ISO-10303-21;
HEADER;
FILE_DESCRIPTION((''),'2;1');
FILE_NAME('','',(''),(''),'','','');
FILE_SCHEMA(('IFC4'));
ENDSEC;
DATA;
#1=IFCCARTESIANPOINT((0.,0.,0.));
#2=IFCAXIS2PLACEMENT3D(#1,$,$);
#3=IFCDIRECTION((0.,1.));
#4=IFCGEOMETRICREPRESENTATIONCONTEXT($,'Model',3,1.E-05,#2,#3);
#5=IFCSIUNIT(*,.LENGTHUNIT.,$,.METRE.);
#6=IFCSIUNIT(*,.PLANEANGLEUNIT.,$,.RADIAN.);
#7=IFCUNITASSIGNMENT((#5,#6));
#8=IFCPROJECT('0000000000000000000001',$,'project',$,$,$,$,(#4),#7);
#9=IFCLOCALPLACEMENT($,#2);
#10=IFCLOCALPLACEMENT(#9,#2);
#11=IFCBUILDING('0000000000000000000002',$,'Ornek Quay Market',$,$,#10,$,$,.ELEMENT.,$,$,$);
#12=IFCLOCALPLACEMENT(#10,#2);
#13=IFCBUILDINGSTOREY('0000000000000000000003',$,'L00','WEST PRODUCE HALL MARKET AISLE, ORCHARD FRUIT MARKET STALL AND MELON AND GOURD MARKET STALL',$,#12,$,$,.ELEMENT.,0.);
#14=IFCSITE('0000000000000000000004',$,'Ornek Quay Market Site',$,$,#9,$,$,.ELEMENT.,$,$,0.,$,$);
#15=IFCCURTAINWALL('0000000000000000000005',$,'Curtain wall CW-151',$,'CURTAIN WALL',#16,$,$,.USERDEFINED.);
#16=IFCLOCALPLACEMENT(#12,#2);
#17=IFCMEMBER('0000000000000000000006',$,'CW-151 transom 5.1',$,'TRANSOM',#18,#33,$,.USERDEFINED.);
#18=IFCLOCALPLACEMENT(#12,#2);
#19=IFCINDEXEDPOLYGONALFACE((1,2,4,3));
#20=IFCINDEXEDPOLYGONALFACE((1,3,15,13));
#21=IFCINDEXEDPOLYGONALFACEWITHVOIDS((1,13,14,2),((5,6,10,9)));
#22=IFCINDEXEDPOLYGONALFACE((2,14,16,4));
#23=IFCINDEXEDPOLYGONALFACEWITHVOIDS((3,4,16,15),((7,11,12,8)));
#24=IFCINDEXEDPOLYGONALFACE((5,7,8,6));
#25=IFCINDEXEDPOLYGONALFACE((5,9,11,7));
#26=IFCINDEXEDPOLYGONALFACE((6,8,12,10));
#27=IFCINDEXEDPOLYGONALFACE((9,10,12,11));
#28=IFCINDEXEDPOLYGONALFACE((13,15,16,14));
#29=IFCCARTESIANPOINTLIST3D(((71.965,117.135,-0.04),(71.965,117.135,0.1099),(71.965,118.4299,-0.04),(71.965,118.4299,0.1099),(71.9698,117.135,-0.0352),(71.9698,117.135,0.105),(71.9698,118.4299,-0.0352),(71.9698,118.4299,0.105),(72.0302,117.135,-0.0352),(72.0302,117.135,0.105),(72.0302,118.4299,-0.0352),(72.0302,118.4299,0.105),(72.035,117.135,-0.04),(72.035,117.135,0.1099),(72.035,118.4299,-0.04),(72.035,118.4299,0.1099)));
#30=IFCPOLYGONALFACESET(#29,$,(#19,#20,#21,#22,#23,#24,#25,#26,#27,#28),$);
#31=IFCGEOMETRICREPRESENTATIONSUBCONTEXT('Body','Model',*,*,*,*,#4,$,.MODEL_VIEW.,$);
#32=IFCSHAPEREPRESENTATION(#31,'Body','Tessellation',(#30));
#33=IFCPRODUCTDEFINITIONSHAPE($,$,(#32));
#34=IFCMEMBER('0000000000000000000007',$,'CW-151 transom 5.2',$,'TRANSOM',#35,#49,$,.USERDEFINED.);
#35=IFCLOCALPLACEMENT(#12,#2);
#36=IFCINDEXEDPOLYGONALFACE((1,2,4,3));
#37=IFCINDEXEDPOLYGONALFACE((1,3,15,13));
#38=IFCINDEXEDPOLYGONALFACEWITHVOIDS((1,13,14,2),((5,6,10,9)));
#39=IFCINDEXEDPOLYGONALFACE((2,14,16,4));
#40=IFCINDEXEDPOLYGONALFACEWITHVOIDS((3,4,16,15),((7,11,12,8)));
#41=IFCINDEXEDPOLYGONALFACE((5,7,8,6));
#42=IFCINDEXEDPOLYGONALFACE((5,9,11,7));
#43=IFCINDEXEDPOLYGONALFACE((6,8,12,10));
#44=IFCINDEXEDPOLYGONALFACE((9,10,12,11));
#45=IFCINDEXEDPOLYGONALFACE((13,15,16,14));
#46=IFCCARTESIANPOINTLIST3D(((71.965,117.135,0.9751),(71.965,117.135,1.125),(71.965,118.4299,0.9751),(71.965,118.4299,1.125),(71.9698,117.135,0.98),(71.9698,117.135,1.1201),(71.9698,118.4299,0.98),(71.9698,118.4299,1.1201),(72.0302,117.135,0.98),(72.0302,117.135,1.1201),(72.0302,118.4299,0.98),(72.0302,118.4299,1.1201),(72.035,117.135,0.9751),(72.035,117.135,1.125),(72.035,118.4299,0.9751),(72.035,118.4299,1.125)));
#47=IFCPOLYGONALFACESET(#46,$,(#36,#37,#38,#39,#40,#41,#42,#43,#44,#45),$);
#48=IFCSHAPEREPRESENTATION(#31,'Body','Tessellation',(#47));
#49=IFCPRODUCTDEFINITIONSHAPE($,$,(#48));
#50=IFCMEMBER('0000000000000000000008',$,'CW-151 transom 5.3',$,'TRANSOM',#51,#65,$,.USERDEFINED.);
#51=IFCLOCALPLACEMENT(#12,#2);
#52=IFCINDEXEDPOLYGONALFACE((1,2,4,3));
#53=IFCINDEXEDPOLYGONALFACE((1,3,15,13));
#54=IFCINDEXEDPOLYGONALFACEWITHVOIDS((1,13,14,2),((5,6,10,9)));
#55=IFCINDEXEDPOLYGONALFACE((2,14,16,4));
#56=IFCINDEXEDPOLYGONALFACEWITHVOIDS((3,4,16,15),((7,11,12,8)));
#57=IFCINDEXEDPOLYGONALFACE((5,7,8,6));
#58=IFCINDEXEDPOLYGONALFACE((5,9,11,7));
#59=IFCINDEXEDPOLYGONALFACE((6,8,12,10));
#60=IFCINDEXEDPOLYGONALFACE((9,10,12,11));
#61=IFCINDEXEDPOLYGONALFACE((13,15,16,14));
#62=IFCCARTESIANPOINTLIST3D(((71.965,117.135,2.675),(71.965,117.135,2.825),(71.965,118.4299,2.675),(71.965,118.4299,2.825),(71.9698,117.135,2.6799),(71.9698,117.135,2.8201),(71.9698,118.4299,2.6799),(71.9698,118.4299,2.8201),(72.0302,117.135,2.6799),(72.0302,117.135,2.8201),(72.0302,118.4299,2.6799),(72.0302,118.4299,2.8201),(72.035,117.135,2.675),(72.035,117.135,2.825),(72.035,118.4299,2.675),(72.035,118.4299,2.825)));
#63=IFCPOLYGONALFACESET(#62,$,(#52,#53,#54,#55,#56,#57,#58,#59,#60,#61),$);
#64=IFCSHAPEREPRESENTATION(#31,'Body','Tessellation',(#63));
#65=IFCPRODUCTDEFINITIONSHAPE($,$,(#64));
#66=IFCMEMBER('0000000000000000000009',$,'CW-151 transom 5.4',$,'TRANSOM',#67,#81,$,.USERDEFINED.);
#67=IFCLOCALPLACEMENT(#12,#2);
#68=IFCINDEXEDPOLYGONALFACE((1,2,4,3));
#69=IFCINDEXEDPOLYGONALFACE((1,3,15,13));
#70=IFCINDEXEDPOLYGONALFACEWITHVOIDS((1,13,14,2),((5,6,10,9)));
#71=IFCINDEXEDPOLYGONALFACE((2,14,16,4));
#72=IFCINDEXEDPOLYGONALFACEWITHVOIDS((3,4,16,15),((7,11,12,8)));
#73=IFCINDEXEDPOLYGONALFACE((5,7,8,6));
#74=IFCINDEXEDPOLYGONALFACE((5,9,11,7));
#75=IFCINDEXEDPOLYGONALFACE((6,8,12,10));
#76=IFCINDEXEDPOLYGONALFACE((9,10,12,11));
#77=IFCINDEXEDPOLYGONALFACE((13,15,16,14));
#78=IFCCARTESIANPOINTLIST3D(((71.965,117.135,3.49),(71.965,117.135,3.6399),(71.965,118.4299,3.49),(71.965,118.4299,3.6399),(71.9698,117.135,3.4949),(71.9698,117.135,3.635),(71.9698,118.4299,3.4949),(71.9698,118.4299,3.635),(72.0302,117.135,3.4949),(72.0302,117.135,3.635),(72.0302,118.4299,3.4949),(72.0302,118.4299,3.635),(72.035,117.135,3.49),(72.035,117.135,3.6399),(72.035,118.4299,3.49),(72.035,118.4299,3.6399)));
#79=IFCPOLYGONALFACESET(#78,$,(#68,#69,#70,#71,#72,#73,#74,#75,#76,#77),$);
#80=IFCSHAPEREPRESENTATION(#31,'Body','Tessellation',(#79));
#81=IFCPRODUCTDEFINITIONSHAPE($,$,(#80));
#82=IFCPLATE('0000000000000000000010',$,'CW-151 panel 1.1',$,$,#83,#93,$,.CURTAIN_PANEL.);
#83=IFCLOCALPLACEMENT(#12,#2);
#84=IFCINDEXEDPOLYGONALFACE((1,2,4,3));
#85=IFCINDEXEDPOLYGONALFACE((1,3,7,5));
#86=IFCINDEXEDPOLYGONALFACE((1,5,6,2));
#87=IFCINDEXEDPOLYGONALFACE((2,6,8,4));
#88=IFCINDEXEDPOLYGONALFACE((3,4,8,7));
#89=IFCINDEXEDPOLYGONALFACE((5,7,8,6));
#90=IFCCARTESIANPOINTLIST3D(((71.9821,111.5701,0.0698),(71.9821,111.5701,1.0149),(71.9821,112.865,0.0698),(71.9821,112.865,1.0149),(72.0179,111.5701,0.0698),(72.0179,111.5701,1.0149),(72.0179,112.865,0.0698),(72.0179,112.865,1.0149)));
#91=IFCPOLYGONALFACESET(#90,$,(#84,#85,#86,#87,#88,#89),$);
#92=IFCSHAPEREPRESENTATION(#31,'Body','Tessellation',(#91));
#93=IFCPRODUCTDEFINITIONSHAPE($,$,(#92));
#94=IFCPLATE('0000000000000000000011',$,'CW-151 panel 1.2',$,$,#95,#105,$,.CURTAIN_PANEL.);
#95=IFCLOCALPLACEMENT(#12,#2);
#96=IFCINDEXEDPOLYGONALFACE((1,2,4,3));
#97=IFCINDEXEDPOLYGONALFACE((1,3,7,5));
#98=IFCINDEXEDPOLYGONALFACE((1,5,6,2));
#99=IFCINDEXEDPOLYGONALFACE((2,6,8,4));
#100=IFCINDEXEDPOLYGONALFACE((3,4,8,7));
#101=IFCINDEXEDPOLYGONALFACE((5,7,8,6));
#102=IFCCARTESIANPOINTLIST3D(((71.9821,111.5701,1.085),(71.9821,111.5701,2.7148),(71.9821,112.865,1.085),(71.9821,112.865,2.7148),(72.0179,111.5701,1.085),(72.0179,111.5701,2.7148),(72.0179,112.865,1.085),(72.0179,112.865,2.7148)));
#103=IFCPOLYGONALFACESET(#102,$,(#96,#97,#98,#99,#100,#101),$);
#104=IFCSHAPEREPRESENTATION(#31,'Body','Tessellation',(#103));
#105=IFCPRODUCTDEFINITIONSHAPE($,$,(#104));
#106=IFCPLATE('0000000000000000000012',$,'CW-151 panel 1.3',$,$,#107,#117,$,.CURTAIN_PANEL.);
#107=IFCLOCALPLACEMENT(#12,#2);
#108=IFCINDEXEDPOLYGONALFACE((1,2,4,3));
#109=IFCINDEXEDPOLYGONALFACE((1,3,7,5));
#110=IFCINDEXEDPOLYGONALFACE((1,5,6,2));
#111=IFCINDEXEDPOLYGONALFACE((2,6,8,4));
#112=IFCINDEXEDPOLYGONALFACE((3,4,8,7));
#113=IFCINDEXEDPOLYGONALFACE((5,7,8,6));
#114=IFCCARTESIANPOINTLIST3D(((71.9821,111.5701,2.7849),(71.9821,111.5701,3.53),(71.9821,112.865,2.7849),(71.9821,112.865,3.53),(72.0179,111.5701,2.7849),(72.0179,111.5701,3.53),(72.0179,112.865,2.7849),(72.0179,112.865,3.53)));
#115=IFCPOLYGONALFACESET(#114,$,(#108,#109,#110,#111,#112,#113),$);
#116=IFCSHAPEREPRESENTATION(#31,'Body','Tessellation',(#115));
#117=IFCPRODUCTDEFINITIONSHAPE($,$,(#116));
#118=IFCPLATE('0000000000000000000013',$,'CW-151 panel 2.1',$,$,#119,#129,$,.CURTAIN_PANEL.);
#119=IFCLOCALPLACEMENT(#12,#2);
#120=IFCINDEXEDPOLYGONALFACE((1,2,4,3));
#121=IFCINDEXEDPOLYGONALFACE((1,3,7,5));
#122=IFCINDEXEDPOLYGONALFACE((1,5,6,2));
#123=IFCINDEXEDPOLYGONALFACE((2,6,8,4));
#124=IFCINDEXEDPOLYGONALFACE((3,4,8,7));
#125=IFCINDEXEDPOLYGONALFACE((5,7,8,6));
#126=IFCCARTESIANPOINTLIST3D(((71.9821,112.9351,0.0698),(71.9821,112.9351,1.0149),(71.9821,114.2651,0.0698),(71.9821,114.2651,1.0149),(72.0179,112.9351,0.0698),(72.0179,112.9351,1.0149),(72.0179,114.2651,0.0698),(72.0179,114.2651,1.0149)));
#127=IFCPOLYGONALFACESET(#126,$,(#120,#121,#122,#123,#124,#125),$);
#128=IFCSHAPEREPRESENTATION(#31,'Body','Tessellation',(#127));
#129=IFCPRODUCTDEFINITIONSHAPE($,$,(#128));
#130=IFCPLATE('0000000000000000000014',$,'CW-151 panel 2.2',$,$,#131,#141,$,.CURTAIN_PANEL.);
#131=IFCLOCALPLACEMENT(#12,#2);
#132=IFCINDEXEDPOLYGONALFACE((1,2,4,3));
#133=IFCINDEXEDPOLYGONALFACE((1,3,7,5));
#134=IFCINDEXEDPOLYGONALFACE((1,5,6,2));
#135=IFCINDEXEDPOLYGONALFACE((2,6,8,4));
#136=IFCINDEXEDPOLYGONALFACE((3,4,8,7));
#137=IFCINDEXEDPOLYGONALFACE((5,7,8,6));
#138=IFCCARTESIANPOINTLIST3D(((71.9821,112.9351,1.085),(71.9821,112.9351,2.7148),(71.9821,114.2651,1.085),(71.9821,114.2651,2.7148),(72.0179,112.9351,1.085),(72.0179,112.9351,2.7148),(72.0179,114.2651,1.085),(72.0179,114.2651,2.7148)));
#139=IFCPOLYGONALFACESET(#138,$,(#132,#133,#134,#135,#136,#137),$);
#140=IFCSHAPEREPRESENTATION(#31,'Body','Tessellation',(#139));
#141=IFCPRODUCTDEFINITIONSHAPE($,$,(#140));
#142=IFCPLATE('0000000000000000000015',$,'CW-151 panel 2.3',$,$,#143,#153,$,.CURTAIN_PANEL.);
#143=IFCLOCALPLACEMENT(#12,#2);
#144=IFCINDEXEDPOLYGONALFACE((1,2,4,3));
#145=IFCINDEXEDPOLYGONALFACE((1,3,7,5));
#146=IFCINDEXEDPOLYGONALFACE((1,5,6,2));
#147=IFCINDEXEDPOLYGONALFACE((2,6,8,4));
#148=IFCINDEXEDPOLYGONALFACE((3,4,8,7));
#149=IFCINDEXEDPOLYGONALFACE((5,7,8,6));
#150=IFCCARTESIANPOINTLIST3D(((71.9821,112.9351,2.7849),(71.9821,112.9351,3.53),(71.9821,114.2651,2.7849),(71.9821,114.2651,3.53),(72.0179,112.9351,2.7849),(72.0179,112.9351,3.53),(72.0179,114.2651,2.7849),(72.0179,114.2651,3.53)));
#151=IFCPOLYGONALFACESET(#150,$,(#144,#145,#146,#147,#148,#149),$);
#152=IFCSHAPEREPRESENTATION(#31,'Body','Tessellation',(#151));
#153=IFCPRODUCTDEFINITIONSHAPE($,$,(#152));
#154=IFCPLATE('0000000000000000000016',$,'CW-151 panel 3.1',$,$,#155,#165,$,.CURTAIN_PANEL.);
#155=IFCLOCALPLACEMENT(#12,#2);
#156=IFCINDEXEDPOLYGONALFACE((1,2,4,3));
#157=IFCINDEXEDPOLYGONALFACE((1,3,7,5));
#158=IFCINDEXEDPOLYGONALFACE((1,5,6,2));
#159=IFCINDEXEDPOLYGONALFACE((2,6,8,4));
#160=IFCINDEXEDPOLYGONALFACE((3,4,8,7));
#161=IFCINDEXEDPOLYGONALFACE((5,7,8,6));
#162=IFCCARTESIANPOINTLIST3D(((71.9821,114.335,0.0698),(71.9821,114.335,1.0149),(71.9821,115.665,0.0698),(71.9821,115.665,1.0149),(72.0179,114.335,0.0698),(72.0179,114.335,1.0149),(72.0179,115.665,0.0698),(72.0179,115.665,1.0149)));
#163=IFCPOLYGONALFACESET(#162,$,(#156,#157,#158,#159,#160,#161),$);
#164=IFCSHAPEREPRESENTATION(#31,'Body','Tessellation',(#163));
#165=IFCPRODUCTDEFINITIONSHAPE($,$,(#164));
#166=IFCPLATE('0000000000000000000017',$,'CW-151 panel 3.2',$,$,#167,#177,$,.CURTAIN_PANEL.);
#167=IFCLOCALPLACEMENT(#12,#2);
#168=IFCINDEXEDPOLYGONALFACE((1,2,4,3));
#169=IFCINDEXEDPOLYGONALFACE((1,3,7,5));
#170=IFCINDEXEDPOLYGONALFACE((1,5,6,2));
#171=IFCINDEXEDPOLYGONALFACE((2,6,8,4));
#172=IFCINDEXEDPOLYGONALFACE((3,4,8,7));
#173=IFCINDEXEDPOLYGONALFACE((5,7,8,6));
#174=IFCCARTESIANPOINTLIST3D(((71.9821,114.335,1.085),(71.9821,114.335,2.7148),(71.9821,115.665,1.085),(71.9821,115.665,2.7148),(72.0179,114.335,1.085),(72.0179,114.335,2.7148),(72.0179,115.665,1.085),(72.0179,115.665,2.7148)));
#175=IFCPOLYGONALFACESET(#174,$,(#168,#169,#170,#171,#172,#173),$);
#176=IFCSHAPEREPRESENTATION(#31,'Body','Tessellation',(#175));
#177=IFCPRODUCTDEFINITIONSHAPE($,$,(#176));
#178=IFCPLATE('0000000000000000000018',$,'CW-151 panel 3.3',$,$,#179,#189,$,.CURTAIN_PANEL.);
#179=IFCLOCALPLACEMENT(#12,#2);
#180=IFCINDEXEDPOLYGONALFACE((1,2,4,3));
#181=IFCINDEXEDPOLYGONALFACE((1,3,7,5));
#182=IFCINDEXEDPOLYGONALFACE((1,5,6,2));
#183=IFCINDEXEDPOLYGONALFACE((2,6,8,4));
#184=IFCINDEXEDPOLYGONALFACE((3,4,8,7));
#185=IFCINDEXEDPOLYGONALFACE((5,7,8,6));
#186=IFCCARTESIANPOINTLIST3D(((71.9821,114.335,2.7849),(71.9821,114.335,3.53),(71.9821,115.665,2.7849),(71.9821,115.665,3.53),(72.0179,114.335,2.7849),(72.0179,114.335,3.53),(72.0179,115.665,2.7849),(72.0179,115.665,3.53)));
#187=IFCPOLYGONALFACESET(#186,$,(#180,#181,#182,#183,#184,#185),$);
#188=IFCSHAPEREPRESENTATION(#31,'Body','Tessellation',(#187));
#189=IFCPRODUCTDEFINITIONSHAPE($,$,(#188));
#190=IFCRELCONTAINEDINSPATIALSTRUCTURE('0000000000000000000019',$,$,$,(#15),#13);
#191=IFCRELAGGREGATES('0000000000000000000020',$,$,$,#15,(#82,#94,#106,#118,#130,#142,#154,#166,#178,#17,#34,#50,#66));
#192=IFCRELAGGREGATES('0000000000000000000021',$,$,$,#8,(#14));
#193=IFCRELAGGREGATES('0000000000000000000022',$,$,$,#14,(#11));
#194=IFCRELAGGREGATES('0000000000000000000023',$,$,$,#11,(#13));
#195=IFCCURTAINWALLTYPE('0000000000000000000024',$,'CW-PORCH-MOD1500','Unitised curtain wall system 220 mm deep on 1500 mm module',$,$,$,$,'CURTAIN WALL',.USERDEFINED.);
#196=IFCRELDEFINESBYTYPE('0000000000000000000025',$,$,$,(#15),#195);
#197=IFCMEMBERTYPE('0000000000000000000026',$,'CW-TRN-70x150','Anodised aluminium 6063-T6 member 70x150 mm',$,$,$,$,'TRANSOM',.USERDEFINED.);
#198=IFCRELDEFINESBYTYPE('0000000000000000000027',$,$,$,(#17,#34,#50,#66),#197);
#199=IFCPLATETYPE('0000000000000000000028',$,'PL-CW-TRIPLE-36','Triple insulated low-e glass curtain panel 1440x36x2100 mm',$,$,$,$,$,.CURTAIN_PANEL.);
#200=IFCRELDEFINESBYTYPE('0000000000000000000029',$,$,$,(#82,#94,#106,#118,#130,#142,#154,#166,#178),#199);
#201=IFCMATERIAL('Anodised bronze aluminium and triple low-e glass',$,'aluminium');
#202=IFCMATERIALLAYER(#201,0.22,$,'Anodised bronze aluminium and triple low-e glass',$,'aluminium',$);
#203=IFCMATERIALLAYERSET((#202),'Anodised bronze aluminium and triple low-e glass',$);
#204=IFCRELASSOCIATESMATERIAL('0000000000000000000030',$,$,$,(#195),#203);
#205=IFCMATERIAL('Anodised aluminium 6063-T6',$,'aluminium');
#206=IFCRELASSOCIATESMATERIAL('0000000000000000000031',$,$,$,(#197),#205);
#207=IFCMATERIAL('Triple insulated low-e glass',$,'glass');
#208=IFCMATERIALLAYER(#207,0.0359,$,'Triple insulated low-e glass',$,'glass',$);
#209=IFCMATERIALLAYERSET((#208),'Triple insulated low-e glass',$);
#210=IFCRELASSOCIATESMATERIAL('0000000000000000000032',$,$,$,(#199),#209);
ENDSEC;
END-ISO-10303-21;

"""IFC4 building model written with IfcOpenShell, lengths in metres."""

from ifc_helpers import new_model, si_unit, direction, frame, origin, origin_2d, place, context, subcontext, project, spatial, rectangle, hollow_rectangle, extrude, material, layer, layer_set, material_profile, profile_set, type_object, element, aggregate, save


model = new_model("IFC4")

# Units and contexts
model_context = context("Model", 3, precision=1e-05, world=origin(), true_north=direction((0.0, 1.0)))
body_context = subcontext(model_context, "Body", "Model", "MODEL_VIEW")
ifc_project = project(units=[si_unit("LENGTHUNIT", "METRE"), si_unit("PLANEANGLEUNIT", "RADIAN")], contexts=[model_context])

# Site, building, storey
site_placement = place(None, origin())
site = spatial("IfcSite", under=ifc_project, at=site_placement, Name="Ornek Quay Market Site", CompositionType="ELEMENT", RefElevation=0.0)
building_placement = place(site_placement, origin())
building = spatial("IfcBuilding", under=site, at=building_placement, Name="Ornek Quay Market", CompositionType="ELEMENT")
storey_placement = place(building_placement, origin())
storey = spatial("IfcBuildingStorey", under=building, at=storey_placement, Name="L00", Description="WEST PRODUCE HALL MARKET AISLE, ORCHARD FRUIT MARKET STALL AND MELON AND GOURD MARKET STALL", CompositionType="ELEMENT", Elevation=0.0)

# Curtain wall, members, plates
ifc_material_1 = material(Name="Anodised bronze aluminium and triple low-e glass", Category="aluminium")
ifc_layer_1 = layer(ifc_material_1, 0.22, Name="Anodised bronze aluminium and triple low-e glass", Category="aluminium")
ifc_layer_set_1 = layer_set([ifc_layer_1], Name="Anodised bronze aluminium and triple low-e glass")
curtain_wall_type = type_object("IfcCurtainWallType", Name="CW-PORCH-MOD1500", Description="Unitised curtain wall system 220 mm deep on 1500 mm module", ElementType="CURTAIN WALL", PredefinedType="USERDEFINED", material=ifc_layer_set_1)
curtain_wall_placement = place(storey_placement, origin())
curtain_wall = element("IfcCurtainWall", 1, at=curtain_wall_placement, inside=storey, type_object=curtain_wall_type, Name="Curtain wall CW-151", ObjectType="CURTAIN WALL", PredefinedType="USERDEFINED")
ifc_material_2 = material(Name="Anodised aluminium 6063-T6", Category="aluminium")
ifc_material_profile_1 = material_profile(ifc_material_2, hollow_rectangle(XDim=0.0701, YDim=0.1499, WallThickness=0.0049, at=origin_2d()), Name="CW-TRN-70x150", Category="aluminium")
ifc_profile_set_1 = profile_set([ifc_material_profile_1], Name="Anodised aluminium 6063-T6")
member_type_1 = type_object("IfcMemberType", Name="CW-TRN-70x150", Description="Anodised aluminium 6063-T6 member 70x150 mm", ElementType="TRANSOM", PredefinedType="USERDEFINED", material=ifc_profile_set_1)
member_1_placement = place(storey_placement, frame((72.0, 117.135, 0.0349), z_axis=(0.0, 1.0, 0.0), x_axis=(-1.0, 0.0, 0.0)))
member_1 = element("IfcMember", 2, at=member_1_placement, type_object=member_type_1, Name="CW-151 transom 5.1", ObjectType="TRANSOM", PredefinedType="USERDEFINED", context=body_context, shape_type="SweptSolid", body=[
    extrude(hollow_rectangle(XDim=0.0701, YDim=0.1499, WallThickness=0.0049, at=origin_2d()), origin(), (0.0, 0.0, 1.0), 1.2949),
])
member_2_placement = place(storey_placement, frame((72.0, 117.135, 1.05), z_axis=(0.0, 1.0, 0.0), x_axis=(-1.0, 0.0, 0.0)))
member_2 = element("IfcMember", 3, at=member_2_placement, type_object=member_type_1, Name="CW-151 transom 5.2", ObjectType="TRANSOM", PredefinedType="USERDEFINED", context=body_context, shape_type="SweptSolid", body=[
    extrude(hollow_rectangle(XDim=0.0701, YDim=0.1499, WallThickness=0.0049, at=origin_2d()), origin(), (0.0, 0.0, 1.0), 1.2949),
])
member_3_placement = place(storey_placement, frame((72.0, 117.135, 2.75), z_axis=(0.0, 1.0, 0.0), x_axis=(-1.0, 0.0, 0.0)))
member_3 = element("IfcMember", 4, at=member_3_placement, type_object=member_type_1, Name="CW-151 transom 5.3", ObjectType="TRANSOM", PredefinedType="USERDEFINED", context=body_context, shape_type="SweptSolid", body=[
    extrude(hollow_rectangle(XDim=0.0701, YDim=0.1499, WallThickness=0.0049, at=origin_2d()), origin(), (0.0, 0.0, 1.0), 1.2949),
])
member_4_placement = place(storey_placement, frame((72.0, 117.135, 3.5649), z_axis=(0.0, 1.0, 0.0), x_axis=(-1.0, 0.0, 0.0)))
member_4 = element("IfcMember", 5, at=member_4_placement, type_object=member_type_1, Name="CW-151 transom 5.4", ObjectType="TRANSOM", PredefinedType="USERDEFINED", context=body_context, shape_type="SweptSolid", body=[
    extrude(hollow_rectangle(XDim=0.0701, YDim=0.1499, WallThickness=0.0049, at=origin_2d()), origin(), (0.0, 0.0, 1.0), 1.2949),
])
ifc_material_3 = material(Name="Triple insulated low-e glass", Category="glass")
ifc_layer_2 = layer(ifc_material_3, 0.0359, Name="Triple insulated low-e glass", Category="glass")
ifc_layer_set_2 = layer_set([ifc_layer_2], Name="Triple insulated low-e glass")
plate_type = type_object("IfcPlateType", Name="PL-CW-TRIPLE-36", Description="Triple insulated low-e glass curtain panel 1440x36x2100 mm", PredefinedType="CURTAIN_PANEL", material=ifc_layer_set_2)
plate_1_placement = place(storey_placement, frame((72.0, 112.2175, 0.0698), z_axis=(0.0, 0.0, 1.0), x_axis=(0.0, 1.0, 0.0)))
plate_1 = element("IfcPlate", 6, at=plate_1_placement, type_object=plate_type, Name="CW-151 panel 1.1", PredefinedType="CURTAIN_PANEL", context=body_context, shape_type="SweptSolid", body=[
    extrude(rectangle(XDim=1.2949, YDim=0.0359, at=origin_2d()), origin(), (0.0, 0.0, 1.0), 0.9451),
])
plate_2_placement = place(storey_placement, frame((72.0, 112.2175, 1.085), z_axis=(0.0, 0.0, 1.0), x_axis=(0.0, 1.0, 0.0)))
plate_2 = element("IfcPlate", 7, at=plate_2_placement, type_object=plate_type, Name="CW-151 panel 1.2", PredefinedType="CURTAIN_PANEL", context=body_context, shape_type="SweptSolid", body=[
    extrude(rectangle(XDim=1.2949, YDim=0.0359, at=origin_2d()), origin(), (0.0, 0.0, 1.0), 1.6299),
])
plate_3_placement = place(storey_placement, frame((72.0, 112.2175, 2.7849), z_axis=(0.0, 0.0, 1.0), x_axis=(0.0, 1.0, 0.0)))
plate_3 = element("IfcPlate", 8, at=plate_3_placement, type_object=plate_type, Name="CW-151 panel 1.3", PredefinedType="CURTAIN_PANEL", context=body_context, shape_type="SweptSolid", body=[
    extrude(rectangle(XDim=1.2949, YDim=0.0359, at=origin_2d()), origin(), (0.0, 0.0, 1.0), 0.7451),
])
plate_4_placement = place(storey_placement, frame((72.0, 113.6001, 0.0698), z_axis=(0.0, 0.0, 1.0), x_axis=(0.0, 1.0, 0.0)))
plate_4 = element("IfcPlate", 9, at=plate_4_placement, type_object=plate_type, Name="CW-151 panel 2.1", PredefinedType="CURTAIN_PANEL", context=body_context, shape_type="SweptSolid", body=[
    extrude(rectangle(XDim=1.3301, YDim=0.0359, at=origin_2d()), origin(), (0.0, 0.0, 1.0), 0.9451),
])
plate_5_placement = place(storey_placement, frame((72.0, 113.6001, 1.085), z_axis=(0.0, 0.0, 1.0), x_axis=(0.0, 1.0, 0.0)))
plate_5 = element("IfcPlate", 10, at=plate_5_placement, type_object=plate_type, Name="CW-151 panel 2.2", PredefinedType="CURTAIN_PANEL", context=body_context, shape_type="SweptSolid", body=[
    extrude(rectangle(XDim=1.3301, YDim=0.0359, at=origin_2d()), origin(), (0.0, 0.0, 1.0), 1.6299),
])
plate_6_placement = place(storey_placement, frame((72.0, 113.6001, 2.7849), z_axis=(0.0, 0.0, 1.0), x_axis=(0.0, 1.0, 0.0)))
plate_6 = element("IfcPlate", 11, at=plate_6_placement, type_object=plate_type, Name="CW-151 panel 2.3", PredefinedType="CURTAIN_PANEL", context=body_context, shape_type="SweptSolid", body=[
    extrude(rectangle(XDim=1.3301, YDim=0.0359, at=origin_2d()), origin(), (0.0, 0.0, 1.0), 0.7451),
])
plate_7_placement = place(storey_placement, frame((72.0, 115.0, 0.0698), z_axis=(0.0, 0.0, 1.0), x_axis=(0.0, 1.0, 0.0)))
plate_7 = element("IfcPlate", 12, at=plate_7_placement, type_object=plate_type, Name="CW-151 panel 3.1", PredefinedType="CURTAIN_PANEL", context=body_context, shape_type="SweptSolid", body=[
    extrude(rectangle(XDim=1.3301, YDim=0.0359, at=origin_2d()), origin(), (0.0, 0.0, 1.0), 0.9451),
])
plate_8_placement = place(storey_placement, frame((72.0, 115.0, 1.085), z_axis=(0.0, 0.0, 1.0), x_axis=(0.0, 1.0, 0.0)))
plate_8 = element("IfcPlate", 13, at=plate_8_placement, type_object=plate_type, Name="CW-151 panel 3.2", PredefinedType="CURTAIN_PANEL", context=body_context, shape_type="SweptSolid", body=[
    extrude(rectangle(XDim=1.3301, YDim=0.0359, at=origin_2d()), origin(), (0.0, 0.0, 1.0), 1.6299),
])
plate_9_placement = place(storey_placement, frame((72.0, 115.0, 2.7849), z_axis=(0.0, 0.0, 1.0), x_axis=(0.0, 1.0, 0.0)))
plate_9 = element("IfcPlate", 14, at=plate_9_placement, type_object=plate_type, Name="CW-151 panel 3.3", PredefinedType="CURTAIN_PANEL", context=body_context, shape_type="SweptSolid", body=[
    extrude(rectangle(XDim=1.3301, YDim=0.0359, at=origin_2d()), origin(), (0.0, 0.0, 1.0), 0.7451),
])
aggregate(curtain_wall, [plate_1, plate_2, plate_3, plate_4, plate_5, plate_6, plate_7, plate_8, plate_9, member_1, member_2, member_3, member_4])

save(model, "model.ifc")
